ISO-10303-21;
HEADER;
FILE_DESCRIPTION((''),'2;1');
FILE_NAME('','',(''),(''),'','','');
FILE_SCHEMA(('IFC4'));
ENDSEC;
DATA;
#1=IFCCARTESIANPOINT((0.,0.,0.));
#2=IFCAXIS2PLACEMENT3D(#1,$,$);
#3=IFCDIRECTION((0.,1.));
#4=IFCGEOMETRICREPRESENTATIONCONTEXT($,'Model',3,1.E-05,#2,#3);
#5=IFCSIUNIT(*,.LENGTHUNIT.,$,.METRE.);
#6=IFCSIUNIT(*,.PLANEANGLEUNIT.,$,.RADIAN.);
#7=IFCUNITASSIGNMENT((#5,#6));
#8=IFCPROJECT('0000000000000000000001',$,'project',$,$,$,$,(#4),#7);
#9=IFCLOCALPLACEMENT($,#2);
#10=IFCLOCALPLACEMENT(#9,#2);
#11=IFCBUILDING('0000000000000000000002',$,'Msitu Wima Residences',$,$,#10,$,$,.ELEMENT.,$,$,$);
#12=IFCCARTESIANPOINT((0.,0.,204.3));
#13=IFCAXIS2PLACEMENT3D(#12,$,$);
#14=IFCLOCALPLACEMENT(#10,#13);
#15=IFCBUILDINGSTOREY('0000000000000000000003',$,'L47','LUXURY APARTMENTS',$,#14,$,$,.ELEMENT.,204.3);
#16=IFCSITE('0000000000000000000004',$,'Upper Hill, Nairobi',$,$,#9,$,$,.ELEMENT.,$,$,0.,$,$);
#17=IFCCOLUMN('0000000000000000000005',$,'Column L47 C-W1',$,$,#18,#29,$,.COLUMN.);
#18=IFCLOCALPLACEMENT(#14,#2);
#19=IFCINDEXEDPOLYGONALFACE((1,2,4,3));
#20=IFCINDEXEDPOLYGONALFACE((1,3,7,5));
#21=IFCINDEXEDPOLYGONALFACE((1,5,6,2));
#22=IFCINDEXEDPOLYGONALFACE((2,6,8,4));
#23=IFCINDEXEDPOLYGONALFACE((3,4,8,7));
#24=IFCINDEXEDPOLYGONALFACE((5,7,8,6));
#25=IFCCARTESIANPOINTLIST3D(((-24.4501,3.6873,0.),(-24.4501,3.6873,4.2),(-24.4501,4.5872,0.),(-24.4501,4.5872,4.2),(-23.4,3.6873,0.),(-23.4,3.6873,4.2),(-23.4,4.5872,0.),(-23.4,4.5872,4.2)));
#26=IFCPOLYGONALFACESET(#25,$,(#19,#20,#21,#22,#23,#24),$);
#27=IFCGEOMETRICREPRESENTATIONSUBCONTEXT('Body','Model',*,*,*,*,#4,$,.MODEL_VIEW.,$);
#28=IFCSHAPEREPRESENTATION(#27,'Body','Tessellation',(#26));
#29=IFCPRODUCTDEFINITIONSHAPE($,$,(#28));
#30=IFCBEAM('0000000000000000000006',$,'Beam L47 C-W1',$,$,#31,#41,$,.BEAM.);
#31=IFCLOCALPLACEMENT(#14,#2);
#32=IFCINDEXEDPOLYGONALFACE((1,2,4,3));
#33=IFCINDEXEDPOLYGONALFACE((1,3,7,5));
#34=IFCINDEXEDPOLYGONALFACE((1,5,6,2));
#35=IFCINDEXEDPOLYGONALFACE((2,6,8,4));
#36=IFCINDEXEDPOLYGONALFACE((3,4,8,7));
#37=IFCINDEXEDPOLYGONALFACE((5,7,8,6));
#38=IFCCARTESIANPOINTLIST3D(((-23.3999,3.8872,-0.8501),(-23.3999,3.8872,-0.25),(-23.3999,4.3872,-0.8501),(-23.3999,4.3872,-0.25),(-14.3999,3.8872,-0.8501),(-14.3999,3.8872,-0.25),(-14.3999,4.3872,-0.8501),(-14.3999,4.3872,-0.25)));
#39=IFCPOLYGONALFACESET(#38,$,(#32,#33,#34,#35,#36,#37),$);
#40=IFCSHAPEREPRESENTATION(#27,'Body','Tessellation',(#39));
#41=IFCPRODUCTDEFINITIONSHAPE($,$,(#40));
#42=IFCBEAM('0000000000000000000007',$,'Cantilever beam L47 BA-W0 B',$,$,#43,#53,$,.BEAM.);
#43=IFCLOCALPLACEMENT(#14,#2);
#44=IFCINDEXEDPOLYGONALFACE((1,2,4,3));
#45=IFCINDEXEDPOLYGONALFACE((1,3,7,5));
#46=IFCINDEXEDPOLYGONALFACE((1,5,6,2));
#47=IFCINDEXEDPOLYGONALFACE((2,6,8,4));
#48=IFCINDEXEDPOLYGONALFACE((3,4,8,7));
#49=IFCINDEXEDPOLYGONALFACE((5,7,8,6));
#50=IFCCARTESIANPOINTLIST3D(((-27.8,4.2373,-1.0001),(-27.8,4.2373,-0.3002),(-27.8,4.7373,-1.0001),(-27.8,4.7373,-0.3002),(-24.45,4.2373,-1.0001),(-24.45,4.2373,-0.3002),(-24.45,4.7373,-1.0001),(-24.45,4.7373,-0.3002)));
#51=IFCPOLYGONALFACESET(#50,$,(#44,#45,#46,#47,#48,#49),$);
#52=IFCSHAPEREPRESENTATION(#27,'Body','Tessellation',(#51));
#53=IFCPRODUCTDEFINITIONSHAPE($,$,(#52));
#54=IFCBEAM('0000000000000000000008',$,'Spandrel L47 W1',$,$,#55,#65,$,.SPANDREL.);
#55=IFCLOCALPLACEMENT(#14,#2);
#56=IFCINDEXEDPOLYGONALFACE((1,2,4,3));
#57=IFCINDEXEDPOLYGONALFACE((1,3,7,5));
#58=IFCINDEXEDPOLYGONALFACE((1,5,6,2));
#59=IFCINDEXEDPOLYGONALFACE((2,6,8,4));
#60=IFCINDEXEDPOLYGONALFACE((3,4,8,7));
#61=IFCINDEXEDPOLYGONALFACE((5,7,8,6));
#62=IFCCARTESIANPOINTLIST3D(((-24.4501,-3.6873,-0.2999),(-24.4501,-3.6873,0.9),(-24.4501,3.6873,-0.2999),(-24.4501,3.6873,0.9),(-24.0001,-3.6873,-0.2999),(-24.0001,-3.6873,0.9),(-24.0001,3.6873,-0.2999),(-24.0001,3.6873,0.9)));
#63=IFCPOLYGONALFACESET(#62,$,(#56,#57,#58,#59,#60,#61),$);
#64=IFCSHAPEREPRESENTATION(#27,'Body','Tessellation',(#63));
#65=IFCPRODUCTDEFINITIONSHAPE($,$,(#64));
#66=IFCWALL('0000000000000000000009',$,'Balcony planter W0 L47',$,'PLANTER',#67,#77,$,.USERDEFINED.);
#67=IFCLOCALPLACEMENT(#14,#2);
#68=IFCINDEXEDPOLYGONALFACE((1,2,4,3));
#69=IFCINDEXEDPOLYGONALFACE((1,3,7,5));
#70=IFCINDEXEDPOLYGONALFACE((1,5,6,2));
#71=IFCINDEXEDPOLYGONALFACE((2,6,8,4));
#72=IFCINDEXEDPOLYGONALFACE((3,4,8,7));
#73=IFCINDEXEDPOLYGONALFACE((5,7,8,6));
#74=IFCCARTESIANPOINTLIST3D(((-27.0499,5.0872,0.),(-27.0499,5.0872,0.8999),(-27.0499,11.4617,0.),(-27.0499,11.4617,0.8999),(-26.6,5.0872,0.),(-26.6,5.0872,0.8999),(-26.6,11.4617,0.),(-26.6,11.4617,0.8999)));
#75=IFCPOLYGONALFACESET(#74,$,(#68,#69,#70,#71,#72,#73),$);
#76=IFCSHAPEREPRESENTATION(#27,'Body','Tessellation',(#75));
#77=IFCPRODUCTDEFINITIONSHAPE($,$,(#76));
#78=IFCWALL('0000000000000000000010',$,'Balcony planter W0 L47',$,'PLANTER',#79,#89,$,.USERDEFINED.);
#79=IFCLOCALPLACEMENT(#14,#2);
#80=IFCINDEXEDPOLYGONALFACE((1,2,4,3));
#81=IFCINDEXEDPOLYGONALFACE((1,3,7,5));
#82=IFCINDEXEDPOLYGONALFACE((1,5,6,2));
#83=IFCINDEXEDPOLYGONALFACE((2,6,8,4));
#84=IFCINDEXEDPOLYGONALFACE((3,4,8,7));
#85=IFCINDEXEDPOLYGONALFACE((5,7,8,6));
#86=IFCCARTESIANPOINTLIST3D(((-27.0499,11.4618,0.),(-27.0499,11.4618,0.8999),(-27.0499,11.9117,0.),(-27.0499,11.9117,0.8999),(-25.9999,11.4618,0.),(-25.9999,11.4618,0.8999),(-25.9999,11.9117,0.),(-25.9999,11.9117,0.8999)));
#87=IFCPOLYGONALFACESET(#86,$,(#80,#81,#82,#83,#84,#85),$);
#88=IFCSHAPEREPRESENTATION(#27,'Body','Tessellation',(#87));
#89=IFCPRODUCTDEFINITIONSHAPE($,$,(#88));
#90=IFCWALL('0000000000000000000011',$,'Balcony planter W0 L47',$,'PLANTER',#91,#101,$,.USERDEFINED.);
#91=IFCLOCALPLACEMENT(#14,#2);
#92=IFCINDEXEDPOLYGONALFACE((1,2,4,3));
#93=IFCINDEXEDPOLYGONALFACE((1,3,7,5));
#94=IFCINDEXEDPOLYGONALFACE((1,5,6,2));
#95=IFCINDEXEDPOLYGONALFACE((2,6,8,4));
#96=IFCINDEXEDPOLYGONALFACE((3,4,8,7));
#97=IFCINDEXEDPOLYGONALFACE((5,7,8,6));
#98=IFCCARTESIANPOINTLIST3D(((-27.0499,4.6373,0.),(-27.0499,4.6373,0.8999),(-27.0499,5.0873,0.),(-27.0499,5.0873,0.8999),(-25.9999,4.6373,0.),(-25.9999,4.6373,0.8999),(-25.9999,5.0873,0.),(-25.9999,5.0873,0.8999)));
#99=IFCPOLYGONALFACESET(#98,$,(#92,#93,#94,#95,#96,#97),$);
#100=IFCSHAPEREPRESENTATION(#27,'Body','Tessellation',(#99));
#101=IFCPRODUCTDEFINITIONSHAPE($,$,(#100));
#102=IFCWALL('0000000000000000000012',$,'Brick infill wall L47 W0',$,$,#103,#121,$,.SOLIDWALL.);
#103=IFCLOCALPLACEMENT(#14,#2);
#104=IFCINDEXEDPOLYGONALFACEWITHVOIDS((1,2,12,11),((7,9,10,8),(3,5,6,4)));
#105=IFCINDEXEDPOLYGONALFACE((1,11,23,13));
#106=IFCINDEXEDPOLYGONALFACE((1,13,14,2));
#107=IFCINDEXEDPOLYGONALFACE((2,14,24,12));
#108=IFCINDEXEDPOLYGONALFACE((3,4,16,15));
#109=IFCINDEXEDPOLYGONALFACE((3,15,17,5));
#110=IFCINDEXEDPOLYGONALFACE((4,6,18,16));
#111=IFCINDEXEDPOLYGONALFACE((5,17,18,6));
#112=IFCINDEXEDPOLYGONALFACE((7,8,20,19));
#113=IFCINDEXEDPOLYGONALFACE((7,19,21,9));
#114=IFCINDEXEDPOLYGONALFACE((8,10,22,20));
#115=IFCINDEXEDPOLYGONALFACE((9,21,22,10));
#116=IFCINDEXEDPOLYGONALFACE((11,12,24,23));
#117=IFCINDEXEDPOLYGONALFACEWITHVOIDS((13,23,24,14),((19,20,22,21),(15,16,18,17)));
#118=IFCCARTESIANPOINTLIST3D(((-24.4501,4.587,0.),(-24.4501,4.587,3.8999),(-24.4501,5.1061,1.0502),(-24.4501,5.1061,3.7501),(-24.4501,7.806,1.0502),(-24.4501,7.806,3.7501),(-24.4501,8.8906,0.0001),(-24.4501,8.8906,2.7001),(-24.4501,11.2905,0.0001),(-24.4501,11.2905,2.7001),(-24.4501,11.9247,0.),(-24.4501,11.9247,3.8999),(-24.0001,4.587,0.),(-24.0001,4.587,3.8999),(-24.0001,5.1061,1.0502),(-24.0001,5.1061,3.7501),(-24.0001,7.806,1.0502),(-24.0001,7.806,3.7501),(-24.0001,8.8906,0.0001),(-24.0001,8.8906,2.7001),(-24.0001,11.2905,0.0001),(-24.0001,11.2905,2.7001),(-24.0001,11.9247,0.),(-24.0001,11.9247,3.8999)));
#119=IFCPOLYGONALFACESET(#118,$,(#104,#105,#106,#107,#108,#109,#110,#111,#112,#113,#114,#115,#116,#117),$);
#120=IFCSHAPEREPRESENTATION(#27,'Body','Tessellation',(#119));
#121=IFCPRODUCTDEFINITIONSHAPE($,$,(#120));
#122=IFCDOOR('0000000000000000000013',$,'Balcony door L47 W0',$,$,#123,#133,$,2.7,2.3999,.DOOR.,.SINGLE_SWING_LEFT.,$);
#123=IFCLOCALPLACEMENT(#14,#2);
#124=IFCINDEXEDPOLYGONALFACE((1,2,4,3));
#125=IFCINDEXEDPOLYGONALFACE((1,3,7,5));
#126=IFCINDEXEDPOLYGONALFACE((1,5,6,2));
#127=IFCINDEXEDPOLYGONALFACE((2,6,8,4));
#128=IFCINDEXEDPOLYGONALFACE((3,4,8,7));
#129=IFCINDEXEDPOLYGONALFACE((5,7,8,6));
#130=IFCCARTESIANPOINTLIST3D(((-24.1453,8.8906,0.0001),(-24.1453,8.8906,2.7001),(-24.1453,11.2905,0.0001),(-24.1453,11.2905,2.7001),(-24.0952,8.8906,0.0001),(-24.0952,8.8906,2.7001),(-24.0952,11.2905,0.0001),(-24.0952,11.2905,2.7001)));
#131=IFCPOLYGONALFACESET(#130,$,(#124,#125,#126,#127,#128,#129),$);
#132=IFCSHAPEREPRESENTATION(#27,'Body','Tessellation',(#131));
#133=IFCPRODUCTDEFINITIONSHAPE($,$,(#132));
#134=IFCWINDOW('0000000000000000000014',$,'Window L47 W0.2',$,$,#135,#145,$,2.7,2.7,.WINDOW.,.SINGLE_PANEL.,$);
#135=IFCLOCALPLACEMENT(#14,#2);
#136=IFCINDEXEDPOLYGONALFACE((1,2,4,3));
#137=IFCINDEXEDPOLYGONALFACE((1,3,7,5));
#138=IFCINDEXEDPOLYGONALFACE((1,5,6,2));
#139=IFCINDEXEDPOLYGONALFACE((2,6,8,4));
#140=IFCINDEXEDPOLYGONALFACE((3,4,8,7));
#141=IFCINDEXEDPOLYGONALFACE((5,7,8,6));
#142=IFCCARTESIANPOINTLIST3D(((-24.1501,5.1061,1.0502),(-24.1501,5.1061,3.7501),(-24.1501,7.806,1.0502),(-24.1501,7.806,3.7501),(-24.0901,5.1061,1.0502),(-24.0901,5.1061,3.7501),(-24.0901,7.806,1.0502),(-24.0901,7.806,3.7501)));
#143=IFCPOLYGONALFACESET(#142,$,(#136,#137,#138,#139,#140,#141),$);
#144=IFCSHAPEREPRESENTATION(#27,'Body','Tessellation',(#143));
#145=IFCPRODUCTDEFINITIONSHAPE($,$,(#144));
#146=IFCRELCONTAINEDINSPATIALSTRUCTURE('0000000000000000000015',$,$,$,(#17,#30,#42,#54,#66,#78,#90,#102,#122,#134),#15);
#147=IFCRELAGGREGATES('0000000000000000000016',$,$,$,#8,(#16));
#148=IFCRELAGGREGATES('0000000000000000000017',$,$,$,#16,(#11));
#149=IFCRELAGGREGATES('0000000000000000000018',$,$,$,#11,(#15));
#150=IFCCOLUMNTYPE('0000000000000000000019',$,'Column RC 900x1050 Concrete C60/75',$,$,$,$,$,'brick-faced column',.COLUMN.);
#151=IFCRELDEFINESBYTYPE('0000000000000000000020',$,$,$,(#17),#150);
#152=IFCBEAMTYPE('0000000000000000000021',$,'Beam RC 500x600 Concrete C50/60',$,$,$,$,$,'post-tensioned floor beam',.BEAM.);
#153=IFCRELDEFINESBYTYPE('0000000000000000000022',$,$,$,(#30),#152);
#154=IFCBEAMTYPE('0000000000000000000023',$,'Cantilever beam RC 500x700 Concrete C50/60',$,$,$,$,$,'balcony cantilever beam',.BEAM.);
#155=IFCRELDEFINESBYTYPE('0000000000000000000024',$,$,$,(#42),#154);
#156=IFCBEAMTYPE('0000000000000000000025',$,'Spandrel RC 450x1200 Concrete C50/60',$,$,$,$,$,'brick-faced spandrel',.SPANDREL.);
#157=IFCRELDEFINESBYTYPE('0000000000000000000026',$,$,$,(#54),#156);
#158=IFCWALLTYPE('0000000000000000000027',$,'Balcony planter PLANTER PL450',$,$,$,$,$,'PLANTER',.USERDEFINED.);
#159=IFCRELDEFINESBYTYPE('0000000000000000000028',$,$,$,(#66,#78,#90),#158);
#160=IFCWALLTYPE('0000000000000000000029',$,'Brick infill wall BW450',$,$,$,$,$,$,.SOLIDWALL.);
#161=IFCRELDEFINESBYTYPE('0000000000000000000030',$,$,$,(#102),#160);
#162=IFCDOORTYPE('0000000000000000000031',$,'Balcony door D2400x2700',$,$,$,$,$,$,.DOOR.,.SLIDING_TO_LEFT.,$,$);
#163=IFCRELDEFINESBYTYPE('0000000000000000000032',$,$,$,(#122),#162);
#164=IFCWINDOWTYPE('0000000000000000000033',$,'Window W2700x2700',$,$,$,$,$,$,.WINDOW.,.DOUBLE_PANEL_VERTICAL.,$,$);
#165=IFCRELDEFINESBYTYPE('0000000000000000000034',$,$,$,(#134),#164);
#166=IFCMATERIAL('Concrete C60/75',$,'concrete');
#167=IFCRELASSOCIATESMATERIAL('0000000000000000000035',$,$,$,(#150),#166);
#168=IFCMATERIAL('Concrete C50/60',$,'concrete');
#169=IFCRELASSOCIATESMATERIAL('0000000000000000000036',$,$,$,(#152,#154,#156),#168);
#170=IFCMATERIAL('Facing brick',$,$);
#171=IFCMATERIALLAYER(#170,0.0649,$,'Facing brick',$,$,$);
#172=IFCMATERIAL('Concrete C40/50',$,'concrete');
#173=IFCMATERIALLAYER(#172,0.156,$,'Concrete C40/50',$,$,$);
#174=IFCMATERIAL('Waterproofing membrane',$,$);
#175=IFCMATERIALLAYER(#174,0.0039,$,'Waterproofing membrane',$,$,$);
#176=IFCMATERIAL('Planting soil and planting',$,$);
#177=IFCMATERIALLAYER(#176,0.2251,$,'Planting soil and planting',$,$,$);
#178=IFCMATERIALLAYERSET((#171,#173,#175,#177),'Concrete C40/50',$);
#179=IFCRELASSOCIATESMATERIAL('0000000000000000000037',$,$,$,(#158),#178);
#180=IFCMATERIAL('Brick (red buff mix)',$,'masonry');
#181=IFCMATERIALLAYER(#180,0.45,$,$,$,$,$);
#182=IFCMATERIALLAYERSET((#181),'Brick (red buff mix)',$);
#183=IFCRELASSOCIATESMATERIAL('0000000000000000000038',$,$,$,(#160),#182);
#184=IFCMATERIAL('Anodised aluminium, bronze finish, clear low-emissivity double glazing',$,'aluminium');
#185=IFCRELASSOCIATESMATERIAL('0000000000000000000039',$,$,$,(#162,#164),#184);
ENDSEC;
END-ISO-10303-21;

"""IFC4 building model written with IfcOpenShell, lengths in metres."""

from ifc_helpers import new_model, si_unit, direction, frame, frame_2d, origin, origin_2d, place, context, subcontext, project, spatial, rectangle, extrude, material, layer, layer_set, material_profile, profile_set, type_object, element, fill, save


model = new_model("IFC4")

# Units and contexts
model_context = context("Model", 3, precision=1e-05, world=origin(), true_north=direction((0.0, 1.0)))
body_context = subcontext(model_context, "Body", "Model", "MODEL_VIEW")
ifc_project = project(units=[si_unit("LENGTHUNIT", "METRE"), si_unit("PLANEANGLEUNIT", "RADIAN")], contexts=[model_context])

# Site, building, storey
site_placement = place(None, origin())
site = spatial("IfcSite", under=ifc_project, at=site_placement, Name="Upper Hill, Nairobi", CompositionType="ELEMENT", RefElevation=0.0)
building_placement = place(site_placement, origin())
building = spatial("IfcBuilding", under=site, at=building_placement, Name="Msitu Wima Residences", CompositionType="ELEMENT")
storey_placement = place(building_placement, frame((0.0, 0.0, 204.3)))
storey = spatial("IfcBuildingStorey", under=building, at=storey_placement, Name="L47", Description="LUXURY APARTMENTS", CompositionType="ELEMENT", Elevation=204.3)

# Column
ifc_material_1 = material(Name="Concrete C60/75", Category="concrete")
ifc_material_profile_1 = material_profile(ifc_material_1, rectangle(XDim=0.8999, YDim=1.05, at=origin_2d()), Name="RC 900x1050")
ifc_profile_set_1 = profile_set([ifc_material_profile_1], Name="Concrete C60/75")
column_type = type_object("IfcColumnType", Name="Column RC 900x1050 Concrete C60/75", ElementType="brick-faced column", PredefinedType="COLUMN", material=ifc_profile_set_1)
column_placement = place(storey_placement, frame((-23.925, 4.1372, 0.0), z_axis=(0.0, 0.0, 1.0), x_axis=(0.0, -1.0, 0.0)))
element("IfcColumn", 1, at=column_placement, inside=storey, type_object=column_type, Name="Column L47 C-W1", PredefinedType="COLUMN", context=body_context, shape_type="SweptSolid", body=[
    extrude(rectangle(XDim=0.8999, YDim=1.05, at=origin_2d()), origin(), (0.0, 0.0, 1.0), 4.2),
])

# Beams
ifc_material_2 = material(Name="Concrete C50/60", Category="concrete")
ifc_material_profile_2 = material_profile(ifc_material_2, rectangle(XDim=0.5, YDim=0.6001, at=origin_2d()), Name="RC 500x600")
ifc_profile_set_2 = profile_set([ifc_material_profile_2], Name="Concrete C50/60")
beam_type_1 = type_object("IfcBeamType", Name="Beam RC 500x600 Concrete C50/60", ElementType="post-tensioned floor beam", PredefinedType="BEAM", material=ifc_profile_set_2)
beam_1_placement = place(storey_placement, frame((-23.3999, 4.1372, -0.55), z_axis=(1.0, 0.0, 0.0), x_axis=(0.0, 1.0, 0.0)))
element("IfcBeam", 2, at=beam_1_placement, inside=storey, type_object=beam_type_1, Name="Beam L47 C-W1", PredefinedType="BEAM", context=body_context, shape_type="SweptSolid", body=[
    extrude(rectangle(XDim=0.5, YDim=0.6001, at=origin_2d()), origin(), (0.0, 0.0, 1.0), 9.0),
])
ifc_material_profile_3 = material_profile(ifc_material_2, rectangle(XDim=0.5, YDim=0.7, at=origin_2d()), Name="RC 500x700")
ifc_profile_set_3 = profile_set([ifc_material_profile_3], Name="Concrete C50/60")
beam_type_2 = type_object("IfcBeamType", Name="Cantilever beam RC 500x700 Concrete C50/60", ElementType="balcony cantilever beam", PredefinedType="BEAM", material=ifc_profile_set_3)
beam_2_placement = place(storey_placement, frame((-24.45, 4.4873, -0.6501), z_axis=(-1.0, 0.0, 0.0), x_axis=(0.0, -1.0, 0.0)))
element("IfcBeam", 3, at=beam_2_placement, inside=storey, type_object=beam_type_2, Name="Cantilever beam L47 BA-W0 B", PredefinedType="BEAM", context=body_context, shape_type="SweptSolid", body=[
    extrude(rectangle(XDim=0.5, YDim=0.7, at=origin_2d()), origin(), (0.0, 0.0, 1.0), 3.3501),
])
ifc_material_profile_4 = material_profile(ifc_material_2, rectangle(XDim=0.45, YDim=1.2, at=origin_2d()), Name="RC 450x1200")
ifc_profile_set_4 = profile_set([ifc_material_profile_4], Name="Concrete C50/60")
beam_type_3 = type_object("IfcBeamType", Name="Spandrel RC 450x1200 Concrete C50/60", ElementType="brick-faced spandrel", PredefinedType="SPANDREL", material=ifc_profile_set_4)
beam_3_placement = place(storey_placement, frame((-24.2251, 3.6873, 0.3), z_axis=(0.0, -1.0, 0.0), x_axis=(1.0, 0.0, 0.0)))
element("IfcBeam", 4, at=beam_3_placement, inside=storey, type_object=beam_type_3, Name="Spandrel L47 W1", PredefinedType="SPANDREL", context=body_context, shape_type="SweptSolid", body=[
    extrude(rectangle(XDim=0.45, YDim=1.2, at=origin_2d()), origin(), (0.0, 0.0, 1.0), 7.3745),
])

# Walls
ifc_material_3 = material(Name="Facing brick")
ifc_layer_1 = layer(ifc_material_3, 0.0649, Name="Facing brick")
ifc_material_4 = material(Name="Concrete C40/50", Category="concrete")
ifc_layer_2 = layer(ifc_material_4, 0.156, Name="Concrete C40/50")
ifc_material_5 = material(Name="Waterproofing membrane")
ifc_layer_3 = layer(ifc_material_5, 0.0039, Name="Waterproofing membrane")
ifc_material_6 = material(Name="Planting soil and planting")
ifc_layer_4 = layer(ifc_material_6, 0.2251, Name="Planting soil and planting")
ifc_layer_set_1 = layer_set([ifc_layer_1, ifc_layer_2, ifc_layer_3, ifc_layer_4], Name="Concrete C40/50")
wall_type_1 = type_object("IfcWallType", Name="Balcony planter PLANTER PL450", ElementType="PLANTER", PredefinedType="USERDEFINED", material=ifc_layer_set_1)
wall_1_placement = place(storey_placement, frame((-26.825, 11.4617, 0.0), z_axis=(0.0, 0.0, 1.0), x_axis=(0.0, -1.0, 0.0)))
element("IfcWall", 5, at=wall_1_placement, inside=storey, type_object=wall_type_1, Name="Balcony planter W0 L47", ObjectType="PLANTER", PredefinedType="USERDEFINED", context=body_context, shape_type="SweptSolid", body=[
    extrude(rectangle(XDim=6.3745, YDim=0.45, at=frame_2d((3.1873, 0.0))), origin(), (0.0, 0.0, 1.0), 0.8999),
])
for number, where, z_axis, x_axis, name in (
    (6, (-26.0, 11.6868, 0.0), (0.0, 0.0, 1.0), (-1.0, 0.0, 0.0), "Balcony planter W0 L47"),
    (7, (-26.0, 4.8623, 0.0), (0.0, 0.0, 1.0), (-1.0, 0.0, 0.0), "Balcony planter W0 L47"),
):
    element("IfcWall", number, at=place(storey_placement, frame(where, z_axis=z_axis, x_axis=x_axis)), inside=storey, type_object=wall_type_1, Name=name, ObjectType="PLANTER", PredefinedType="USERDEFINED", context=body_context, shape_type="SweptSolid", body=[
        extrude(rectangle(XDim=1.05, YDim=0.45, at=frame_2d((0.5249, 0.0))), origin(), (0.0, 0.0, 1.0), 0.8999),
    ])

# Wall, openings, door, window
ifc_material_7 = material(Name="Brick (red buff mix)", Category="masonry")
ifc_layer_5 = layer(ifc_material_7, 0.45)
ifc_layer_set_2 = layer_set([ifc_layer_5], Name="Brick (red buff mix)")
wall_type_2 = type_object("IfcWallType", Name="Brick infill wall BW450", PredefinedType="SOLIDWALL", material=ifc_layer_set_2)
wall_2_placement = place(storey_placement, frame((-24.2251, 11.9248, 0.0), z_axis=(0.0, 0.0, 1.0), x_axis=(0.0, -1.0, 0.0)))
wall_2 = element("IfcWall", 8, at=wall_2_placement, inside=storey, type_object=wall_type_2, Name="Brick infill wall L47 W0", PredefinedType="SOLIDWALL", context=body_context, shape_type="SweptSolid", body=[
    extrude(rectangle(XDim=7.3376, YDim=0.45, at=frame_2d((3.6689, 0.0))), origin(), (0.0, 0.0, 1.0), 3.8999),
])
opening_1_placement = place(wall_2_placement, frame((0.6343, 0.0, 0.0)))
opening_1 = element("IfcOpeningElement", 9, at=opening_1_placement, cuts=wall_2, PredefinedType="OPENING", context=body_context, shape_type="SweptSolid", body=[
    extrude(rectangle(XDim=2.3999, YDim=2.7, at=frame_2d((1.2, 1.3501))), frame((0.0, 0.2349, 0.0), z_axis=(0.0, -1.0, 0.0), x_axis=(1.0, 0.0, 0.0)), (0.0, 0.0, 1.0), 0.47),
])
opening_2_placement = place(wall_2_placement, frame((4.1187, 0.0, 1.05)))
opening_2 = element("IfcOpeningElement", 10, at=opening_2_placement, cuts=wall_2, PredefinedType="OPENING", context=body_context, shape_type="SweptSolid", body=[
    extrude(rectangle(XDim=2.7, YDim=2.7, at=frame_2d((1.3501, 1.3501))), frame((0.0, 0.2349, 0.0), z_axis=(0.0, -1.0, 0.0), x_axis=(1.0, 0.0, 0.0)), (0.0, 0.0, 1.0), 0.47),
])
ifc_material_8 = material(Name="Anodised aluminium, bronze finish, clear low-emissivity double glazing", Category="aluminium")
door_type_1 = type_object("IfcDoorType", Name="Balcony door D2400x2700", OperationType="SLIDING_TO_LEFT", PredefinedType="DOOR", material=ifc_material_8)
door_1_placement = place(opening_1_placement, origin())
door_1 = element("IfcDoor", 11, at=door_1_placement, inside=storey, type_object=door_type_1, Name="Balcony door L47 W0", OperationType="SINGLE_SWING_LEFT", OverallHeight=2.7, OverallWidth=2.3999, PredefinedType="DOOR", context=body_context, shape_type="SweptSolid", body=[
    extrude(rectangle(XDim=2.3999, YDim=2.7, at=frame_2d((1.2, 1.3501))), frame((0.0, 0.1299, 0.0), z_axis=(0.0, -1.0, 0.0), x_axis=(1.0, 0.0, 0.0)), (0.0, 0.0, 1.0), 0.05),
])
fill(opening_1, door_1)
window_type = type_object("IfcWindowType", Name="Window W2700x2700", PartitioningType="DOUBLE_PANEL_VERTICAL", PredefinedType="WINDOW", material=ifc_material_8)
window_1_placement = place(opening_2_placement, origin())
window_1 = element("IfcWindow", 12, at=window_1_placement, inside=storey, type_object=window_type, Name="Window L47 W0.2", OverallHeight=2.7, OverallWidth=2.7, PartitioningType="SINGLE_PANEL", PredefinedType="WINDOW", context=body_context, shape_type="SweptSolid", body=[
    extrude(rectangle(XDim=2.7, YDim=2.7, at=frame_2d((1.3501, 1.3501))), frame((0.0, 0.135, 0.0), z_axis=(0.0, -1.0, 0.0), x_axis=(1.0, 0.0, 0.0)), (0.0, 0.0, 1.0), 0.0601),
])
fill(opening_2, window_1)

save(model, "model.ifc")
